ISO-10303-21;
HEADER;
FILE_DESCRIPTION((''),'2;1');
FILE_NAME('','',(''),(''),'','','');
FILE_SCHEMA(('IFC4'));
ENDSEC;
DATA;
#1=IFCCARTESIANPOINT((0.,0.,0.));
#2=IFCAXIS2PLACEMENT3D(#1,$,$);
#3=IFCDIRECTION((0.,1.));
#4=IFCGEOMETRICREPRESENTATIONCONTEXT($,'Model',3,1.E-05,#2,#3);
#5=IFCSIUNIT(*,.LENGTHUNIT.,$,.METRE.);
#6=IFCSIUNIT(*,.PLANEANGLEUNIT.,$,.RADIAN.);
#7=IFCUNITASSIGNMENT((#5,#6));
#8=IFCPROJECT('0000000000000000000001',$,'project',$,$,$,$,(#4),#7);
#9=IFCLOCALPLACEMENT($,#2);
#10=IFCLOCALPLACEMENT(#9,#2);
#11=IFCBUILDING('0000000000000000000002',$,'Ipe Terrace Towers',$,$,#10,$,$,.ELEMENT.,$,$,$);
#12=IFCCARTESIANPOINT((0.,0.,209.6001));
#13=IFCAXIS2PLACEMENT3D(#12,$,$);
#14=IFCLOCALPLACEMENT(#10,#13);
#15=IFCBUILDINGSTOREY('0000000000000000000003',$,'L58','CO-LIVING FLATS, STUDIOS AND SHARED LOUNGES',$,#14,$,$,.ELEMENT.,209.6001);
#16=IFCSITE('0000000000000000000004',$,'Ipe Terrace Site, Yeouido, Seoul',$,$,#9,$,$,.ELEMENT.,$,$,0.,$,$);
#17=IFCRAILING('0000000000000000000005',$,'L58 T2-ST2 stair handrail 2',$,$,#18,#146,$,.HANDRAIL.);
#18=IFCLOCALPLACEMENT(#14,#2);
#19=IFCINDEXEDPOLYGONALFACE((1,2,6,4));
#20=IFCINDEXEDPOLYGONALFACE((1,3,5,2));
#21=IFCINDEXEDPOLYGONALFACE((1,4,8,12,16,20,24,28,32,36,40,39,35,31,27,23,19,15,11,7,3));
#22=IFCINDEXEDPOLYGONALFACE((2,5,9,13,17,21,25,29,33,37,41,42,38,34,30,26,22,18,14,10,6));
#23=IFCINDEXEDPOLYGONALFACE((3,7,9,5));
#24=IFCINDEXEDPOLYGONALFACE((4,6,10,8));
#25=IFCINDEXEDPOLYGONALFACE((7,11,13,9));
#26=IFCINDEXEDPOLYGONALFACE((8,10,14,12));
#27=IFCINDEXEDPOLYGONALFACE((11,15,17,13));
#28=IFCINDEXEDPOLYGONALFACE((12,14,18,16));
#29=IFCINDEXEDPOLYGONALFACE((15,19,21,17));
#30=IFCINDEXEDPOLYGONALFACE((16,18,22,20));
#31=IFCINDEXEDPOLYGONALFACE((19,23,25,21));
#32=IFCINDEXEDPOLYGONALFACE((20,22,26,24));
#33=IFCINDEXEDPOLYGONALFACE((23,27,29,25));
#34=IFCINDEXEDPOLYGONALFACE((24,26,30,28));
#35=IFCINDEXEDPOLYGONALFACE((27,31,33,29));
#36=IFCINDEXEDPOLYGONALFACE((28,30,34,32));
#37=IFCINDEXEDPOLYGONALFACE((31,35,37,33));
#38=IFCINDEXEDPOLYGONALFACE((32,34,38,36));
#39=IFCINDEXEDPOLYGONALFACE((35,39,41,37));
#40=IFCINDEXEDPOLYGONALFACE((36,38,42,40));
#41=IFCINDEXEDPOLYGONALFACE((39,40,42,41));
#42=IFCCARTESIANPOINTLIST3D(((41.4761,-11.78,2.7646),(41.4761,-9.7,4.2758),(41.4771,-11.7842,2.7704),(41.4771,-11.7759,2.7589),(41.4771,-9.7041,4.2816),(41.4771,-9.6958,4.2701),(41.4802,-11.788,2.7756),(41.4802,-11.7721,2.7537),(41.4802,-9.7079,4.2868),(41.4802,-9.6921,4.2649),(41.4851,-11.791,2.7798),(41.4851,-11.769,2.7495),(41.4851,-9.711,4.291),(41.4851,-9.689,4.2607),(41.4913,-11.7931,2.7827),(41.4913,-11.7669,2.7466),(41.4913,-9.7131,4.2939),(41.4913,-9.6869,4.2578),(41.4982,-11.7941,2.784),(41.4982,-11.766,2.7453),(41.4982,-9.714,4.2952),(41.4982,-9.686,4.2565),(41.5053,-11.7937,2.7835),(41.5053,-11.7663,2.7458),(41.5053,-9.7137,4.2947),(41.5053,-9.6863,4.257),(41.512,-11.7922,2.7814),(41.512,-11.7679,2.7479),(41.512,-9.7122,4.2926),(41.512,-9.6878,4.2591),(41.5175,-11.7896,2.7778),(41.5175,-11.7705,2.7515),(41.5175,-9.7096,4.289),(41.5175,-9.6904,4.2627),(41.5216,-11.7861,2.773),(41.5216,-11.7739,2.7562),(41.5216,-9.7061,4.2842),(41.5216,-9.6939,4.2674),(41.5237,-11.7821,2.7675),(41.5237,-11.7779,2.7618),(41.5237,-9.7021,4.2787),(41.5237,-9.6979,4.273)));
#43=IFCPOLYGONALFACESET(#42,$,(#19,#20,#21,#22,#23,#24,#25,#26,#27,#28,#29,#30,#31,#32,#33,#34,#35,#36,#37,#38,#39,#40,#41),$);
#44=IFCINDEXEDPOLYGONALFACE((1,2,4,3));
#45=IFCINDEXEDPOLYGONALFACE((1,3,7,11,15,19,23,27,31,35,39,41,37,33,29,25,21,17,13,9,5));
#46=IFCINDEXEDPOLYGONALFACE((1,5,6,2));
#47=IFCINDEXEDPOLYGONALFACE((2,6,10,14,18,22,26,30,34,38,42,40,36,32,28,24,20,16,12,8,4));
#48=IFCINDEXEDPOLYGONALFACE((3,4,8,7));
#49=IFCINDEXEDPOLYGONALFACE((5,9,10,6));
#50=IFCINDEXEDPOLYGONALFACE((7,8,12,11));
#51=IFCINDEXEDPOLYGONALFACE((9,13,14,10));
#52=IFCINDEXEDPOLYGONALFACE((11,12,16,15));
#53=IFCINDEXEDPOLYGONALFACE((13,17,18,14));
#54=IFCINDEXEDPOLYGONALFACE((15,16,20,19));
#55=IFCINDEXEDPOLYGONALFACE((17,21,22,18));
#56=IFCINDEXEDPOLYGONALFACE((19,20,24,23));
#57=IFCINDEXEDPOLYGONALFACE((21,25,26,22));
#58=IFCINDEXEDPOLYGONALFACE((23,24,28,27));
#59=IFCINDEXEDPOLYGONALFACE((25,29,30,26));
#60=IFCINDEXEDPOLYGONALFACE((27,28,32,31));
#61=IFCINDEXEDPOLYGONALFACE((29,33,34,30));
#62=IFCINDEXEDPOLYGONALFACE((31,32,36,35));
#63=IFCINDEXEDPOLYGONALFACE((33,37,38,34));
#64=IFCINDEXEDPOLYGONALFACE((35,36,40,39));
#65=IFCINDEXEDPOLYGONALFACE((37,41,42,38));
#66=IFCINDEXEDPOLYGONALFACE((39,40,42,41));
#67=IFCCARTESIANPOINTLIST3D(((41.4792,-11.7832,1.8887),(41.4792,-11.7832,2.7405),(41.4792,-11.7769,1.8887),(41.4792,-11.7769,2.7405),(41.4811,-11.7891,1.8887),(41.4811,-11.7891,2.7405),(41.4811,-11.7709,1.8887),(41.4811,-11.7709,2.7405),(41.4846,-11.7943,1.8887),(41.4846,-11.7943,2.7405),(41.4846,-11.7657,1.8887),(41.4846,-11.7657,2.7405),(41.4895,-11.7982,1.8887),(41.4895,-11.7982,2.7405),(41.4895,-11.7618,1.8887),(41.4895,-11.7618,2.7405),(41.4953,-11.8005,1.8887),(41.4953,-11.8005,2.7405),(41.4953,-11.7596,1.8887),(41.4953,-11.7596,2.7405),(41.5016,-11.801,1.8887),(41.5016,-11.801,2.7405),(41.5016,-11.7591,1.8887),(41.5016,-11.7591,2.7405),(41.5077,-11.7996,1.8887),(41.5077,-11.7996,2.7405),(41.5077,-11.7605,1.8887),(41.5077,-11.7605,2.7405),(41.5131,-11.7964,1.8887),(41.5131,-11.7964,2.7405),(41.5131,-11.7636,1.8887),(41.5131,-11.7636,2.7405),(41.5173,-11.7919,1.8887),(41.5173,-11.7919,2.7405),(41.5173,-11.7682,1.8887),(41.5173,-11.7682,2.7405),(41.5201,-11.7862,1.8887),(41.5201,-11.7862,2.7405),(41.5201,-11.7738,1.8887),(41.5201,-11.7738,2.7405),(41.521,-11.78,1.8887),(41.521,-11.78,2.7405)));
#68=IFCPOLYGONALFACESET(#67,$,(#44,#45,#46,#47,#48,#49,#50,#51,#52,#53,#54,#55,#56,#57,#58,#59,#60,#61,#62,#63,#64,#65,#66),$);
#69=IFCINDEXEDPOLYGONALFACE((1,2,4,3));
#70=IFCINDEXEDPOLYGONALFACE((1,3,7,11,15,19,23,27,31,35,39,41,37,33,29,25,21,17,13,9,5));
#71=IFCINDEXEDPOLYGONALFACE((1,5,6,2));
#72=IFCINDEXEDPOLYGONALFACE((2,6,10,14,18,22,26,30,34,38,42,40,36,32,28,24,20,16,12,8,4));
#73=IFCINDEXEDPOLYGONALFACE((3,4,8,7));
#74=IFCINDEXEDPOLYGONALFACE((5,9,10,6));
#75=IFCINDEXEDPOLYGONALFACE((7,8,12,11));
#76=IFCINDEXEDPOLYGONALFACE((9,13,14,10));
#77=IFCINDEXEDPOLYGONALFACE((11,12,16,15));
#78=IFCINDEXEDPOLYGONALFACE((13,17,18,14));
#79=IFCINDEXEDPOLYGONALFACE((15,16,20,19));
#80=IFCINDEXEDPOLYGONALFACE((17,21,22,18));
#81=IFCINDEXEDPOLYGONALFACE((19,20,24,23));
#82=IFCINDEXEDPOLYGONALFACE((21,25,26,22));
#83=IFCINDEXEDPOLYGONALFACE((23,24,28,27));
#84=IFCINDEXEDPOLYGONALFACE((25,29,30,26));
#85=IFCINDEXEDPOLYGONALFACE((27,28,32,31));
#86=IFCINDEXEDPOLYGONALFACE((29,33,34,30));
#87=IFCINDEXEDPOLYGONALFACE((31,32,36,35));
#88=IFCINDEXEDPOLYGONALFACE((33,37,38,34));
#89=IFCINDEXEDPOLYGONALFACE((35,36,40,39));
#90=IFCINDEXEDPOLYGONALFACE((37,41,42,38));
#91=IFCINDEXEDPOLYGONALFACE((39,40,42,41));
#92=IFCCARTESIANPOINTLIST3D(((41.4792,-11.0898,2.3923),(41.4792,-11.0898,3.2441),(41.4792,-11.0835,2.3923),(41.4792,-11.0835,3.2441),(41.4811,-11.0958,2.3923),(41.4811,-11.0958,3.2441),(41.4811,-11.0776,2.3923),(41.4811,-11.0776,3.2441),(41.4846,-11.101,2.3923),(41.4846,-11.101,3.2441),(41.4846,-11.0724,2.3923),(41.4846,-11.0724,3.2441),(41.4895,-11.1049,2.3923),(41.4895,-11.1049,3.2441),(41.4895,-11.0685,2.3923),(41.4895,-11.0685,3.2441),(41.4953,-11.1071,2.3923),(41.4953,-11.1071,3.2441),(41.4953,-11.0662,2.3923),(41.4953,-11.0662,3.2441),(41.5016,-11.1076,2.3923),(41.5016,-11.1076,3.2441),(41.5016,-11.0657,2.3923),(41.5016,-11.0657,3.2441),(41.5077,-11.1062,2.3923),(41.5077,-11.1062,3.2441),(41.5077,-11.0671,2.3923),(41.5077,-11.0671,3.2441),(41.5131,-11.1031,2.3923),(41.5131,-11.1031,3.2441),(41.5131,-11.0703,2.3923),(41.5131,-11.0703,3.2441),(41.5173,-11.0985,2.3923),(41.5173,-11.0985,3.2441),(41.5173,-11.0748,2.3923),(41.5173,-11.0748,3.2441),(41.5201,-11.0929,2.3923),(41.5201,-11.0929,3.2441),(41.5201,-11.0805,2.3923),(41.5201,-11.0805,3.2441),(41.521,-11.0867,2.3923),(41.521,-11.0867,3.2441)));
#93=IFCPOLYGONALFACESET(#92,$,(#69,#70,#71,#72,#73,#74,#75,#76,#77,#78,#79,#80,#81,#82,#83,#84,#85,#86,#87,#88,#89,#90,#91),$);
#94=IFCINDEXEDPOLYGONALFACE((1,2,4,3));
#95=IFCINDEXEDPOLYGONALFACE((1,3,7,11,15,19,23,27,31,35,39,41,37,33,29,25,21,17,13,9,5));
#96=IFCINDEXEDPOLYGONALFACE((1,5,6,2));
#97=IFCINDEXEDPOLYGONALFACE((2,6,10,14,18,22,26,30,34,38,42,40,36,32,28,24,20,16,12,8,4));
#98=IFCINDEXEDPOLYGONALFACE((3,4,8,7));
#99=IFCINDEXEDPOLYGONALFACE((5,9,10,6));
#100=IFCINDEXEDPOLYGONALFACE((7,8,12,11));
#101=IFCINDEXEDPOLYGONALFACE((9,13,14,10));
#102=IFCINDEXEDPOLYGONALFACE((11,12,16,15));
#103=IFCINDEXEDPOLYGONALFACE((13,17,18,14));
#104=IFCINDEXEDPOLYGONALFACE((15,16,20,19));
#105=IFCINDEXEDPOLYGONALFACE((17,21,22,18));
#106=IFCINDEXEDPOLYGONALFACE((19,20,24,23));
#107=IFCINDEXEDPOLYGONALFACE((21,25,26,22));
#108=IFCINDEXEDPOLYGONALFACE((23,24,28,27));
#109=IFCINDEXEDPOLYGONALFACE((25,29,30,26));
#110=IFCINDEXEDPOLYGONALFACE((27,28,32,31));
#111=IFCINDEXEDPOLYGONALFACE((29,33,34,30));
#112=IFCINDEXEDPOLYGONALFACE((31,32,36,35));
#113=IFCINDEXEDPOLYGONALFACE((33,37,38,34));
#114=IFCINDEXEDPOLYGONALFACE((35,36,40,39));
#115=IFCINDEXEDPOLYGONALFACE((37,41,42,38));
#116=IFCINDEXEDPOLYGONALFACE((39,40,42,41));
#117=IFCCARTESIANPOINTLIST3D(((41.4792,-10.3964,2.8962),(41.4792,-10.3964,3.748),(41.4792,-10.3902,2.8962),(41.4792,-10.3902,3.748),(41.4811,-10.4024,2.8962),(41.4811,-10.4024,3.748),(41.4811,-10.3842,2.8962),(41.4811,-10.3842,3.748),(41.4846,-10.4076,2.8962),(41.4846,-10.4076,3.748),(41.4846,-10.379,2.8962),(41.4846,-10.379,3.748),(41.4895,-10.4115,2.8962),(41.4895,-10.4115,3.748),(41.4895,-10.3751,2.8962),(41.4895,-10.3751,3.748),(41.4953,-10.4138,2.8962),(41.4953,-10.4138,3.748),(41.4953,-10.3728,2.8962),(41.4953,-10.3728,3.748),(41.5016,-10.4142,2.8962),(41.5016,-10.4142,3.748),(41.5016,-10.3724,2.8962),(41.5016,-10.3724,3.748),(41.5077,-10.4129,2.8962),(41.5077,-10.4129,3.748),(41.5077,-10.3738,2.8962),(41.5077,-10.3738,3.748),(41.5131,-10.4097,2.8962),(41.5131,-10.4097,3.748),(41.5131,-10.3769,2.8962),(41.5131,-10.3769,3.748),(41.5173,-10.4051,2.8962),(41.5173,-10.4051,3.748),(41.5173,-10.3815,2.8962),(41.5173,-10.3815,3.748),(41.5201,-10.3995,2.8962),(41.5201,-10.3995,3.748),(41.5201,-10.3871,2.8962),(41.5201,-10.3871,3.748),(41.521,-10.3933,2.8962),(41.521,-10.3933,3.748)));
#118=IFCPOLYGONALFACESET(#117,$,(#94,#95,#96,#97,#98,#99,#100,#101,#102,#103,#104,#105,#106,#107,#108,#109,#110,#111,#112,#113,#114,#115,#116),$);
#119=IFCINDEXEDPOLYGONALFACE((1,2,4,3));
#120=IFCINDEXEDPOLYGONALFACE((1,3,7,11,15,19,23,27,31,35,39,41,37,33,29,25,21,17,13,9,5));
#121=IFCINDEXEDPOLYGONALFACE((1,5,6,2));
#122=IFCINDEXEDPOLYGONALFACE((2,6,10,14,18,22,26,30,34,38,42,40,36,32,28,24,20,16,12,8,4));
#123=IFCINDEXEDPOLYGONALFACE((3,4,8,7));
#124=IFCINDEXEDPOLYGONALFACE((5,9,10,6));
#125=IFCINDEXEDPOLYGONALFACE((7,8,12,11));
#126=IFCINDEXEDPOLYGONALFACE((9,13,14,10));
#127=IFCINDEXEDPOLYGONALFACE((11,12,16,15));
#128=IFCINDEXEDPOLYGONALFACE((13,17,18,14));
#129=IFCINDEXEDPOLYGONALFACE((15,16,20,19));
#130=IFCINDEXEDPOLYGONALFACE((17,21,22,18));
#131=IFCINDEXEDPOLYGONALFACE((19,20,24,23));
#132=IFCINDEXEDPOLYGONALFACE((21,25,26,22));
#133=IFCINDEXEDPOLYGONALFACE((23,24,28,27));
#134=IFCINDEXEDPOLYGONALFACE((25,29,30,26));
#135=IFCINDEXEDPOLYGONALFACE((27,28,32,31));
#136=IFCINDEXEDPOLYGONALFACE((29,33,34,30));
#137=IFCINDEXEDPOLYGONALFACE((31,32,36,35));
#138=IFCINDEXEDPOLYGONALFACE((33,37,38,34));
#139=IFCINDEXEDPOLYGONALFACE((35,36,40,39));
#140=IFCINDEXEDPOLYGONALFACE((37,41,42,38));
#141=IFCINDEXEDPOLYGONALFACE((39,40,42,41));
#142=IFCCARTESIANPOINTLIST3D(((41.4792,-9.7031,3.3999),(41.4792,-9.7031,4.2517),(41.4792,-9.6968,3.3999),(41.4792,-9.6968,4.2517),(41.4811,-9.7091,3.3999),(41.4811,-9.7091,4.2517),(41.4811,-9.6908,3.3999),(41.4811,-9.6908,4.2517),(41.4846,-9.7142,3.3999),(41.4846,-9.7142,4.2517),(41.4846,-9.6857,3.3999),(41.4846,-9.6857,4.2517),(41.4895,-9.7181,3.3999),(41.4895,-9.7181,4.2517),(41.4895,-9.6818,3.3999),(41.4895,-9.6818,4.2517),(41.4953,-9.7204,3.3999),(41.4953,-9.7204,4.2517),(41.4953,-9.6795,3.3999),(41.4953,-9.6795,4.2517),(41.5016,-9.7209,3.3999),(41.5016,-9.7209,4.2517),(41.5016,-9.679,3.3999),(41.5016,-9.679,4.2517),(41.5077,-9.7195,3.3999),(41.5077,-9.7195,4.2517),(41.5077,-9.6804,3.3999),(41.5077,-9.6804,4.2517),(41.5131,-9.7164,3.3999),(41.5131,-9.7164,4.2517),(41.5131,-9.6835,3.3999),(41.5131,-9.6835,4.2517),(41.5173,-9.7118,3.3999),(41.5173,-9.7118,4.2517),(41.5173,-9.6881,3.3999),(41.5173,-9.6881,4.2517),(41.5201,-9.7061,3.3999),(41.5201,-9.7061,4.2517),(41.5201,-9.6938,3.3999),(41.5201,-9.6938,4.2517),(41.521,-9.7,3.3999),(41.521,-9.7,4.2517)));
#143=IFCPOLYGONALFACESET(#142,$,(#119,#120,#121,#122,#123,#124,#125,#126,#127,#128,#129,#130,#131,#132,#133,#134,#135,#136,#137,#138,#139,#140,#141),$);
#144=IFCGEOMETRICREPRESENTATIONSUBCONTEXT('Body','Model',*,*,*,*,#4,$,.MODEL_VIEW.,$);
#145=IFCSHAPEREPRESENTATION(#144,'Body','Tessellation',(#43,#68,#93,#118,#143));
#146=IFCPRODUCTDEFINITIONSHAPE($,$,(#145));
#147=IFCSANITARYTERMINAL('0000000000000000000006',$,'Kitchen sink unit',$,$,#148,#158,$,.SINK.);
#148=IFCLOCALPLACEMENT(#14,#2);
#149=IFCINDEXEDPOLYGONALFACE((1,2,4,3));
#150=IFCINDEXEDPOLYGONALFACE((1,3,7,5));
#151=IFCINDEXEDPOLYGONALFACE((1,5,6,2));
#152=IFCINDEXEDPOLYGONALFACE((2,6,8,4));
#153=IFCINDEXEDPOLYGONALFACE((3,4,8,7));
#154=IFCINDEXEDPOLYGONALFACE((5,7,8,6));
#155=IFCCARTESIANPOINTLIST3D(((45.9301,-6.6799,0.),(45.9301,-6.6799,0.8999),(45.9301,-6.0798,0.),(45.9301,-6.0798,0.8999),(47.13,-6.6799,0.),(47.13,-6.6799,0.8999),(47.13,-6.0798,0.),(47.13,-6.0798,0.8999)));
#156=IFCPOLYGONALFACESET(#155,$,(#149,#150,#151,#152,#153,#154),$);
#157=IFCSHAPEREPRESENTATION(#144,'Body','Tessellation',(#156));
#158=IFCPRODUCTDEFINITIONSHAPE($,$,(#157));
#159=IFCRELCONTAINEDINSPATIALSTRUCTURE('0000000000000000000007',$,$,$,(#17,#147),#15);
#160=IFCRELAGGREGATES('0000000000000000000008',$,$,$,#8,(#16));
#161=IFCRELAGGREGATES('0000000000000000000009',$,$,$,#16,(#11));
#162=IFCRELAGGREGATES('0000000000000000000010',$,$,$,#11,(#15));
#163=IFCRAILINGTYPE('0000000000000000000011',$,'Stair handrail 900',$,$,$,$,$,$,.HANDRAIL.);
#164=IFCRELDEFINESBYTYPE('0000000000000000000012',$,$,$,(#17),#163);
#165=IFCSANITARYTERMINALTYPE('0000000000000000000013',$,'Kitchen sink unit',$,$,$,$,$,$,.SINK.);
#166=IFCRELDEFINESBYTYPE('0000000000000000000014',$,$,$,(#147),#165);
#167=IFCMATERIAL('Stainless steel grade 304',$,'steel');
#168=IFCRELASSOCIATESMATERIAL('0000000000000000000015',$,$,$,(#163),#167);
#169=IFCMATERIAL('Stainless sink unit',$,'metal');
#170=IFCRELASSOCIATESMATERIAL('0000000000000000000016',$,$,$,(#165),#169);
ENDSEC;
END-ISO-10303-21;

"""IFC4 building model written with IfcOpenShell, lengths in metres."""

from ifc_helpers import new_model, si_unit, direction, frame, origin, origin_2d, place, context, subcontext, project, spatial, rectangle, circle, extrude, material, type_object, element, save


model = new_model("IFC4")

# Units and contexts
model_context = context("Model", 3, precision=1e-05, world=origin(), true_north=direction((0.0, 1.0)))
body_context = subcontext(model_context, "Body", "Model", "MODEL_VIEW")
ifc_project = project(units=[si_unit("LENGTHUNIT", "METRE"), si_unit("PLANEANGLEUNIT", "RADIAN")], contexts=[model_context])

# Site, building, storey
site_placement = place(None, origin())
site = spatial("IfcSite", under=ifc_project, at=site_placement, Name="Ipe Terrace Site, Yeouido, Seoul", CompositionType="ELEMENT", RefElevation=0.0)
building_placement = place(site_placement, origin())
building = spatial("IfcBuilding", under=site, at=building_placement, Name="Ipe Terrace Towers", CompositionType="ELEMENT")
storey_placement = place(building_placement, frame((0.0, 0.0, 209.6001)))
storey = spatial("IfcBuildingStorey", under=building, at=storey_placement, Name="L58", Description="CO-LIVING FLATS, STUDIOS AND SHARED LOUNGES", CompositionType="ELEMENT", Elevation=209.6001)

# Railing
ifc_material_1 = material(Name="Stainless steel grade 304", Category="steel")
railing_type = type_object("IfcRailingType", Name="Stair handrail 900", PredefinedType="HANDRAIL", material=ifc_material_1)
railing_placement = place(storey_placement, frame((41.5, -11.78, 1.8887)))
element("IfcRailing", 1, at=railing_placement, inside=storey, type_object=railing_type, Name="L58 T2-ST2 stair handrail 2", PredefinedType="HANDRAIL", context=body_context, shape_type="SweptSolid", body=[
    extrude(circle(Radius=0.0239, at=origin_2d()), frame((0.0, 0.0, 0.876), z_axis=(0.0, 0.809023, 0.587776), x_axis=(-1.0, 0.0, 0.0)), (0.0, 0.0, 1.0), 2.571),
    extrude(circle(Radius=0.021, at=origin_2d()), origin(), (0.0, 0.0, 1.0), 0.8518),
    extrude(circle(Radius=0.021, at=origin_2d()), frame((0.0, 0.6934, 0.5037)), (0.0, 0.0, 1.0), 0.8518),
    extrude(circle(Radius=0.021, at=origin_2d()), frame((0.0, 1.3867, 1.0076)), (0.0, 0.0, 1.0), 0.8518),
    extrude(circle(Radius=0.021, at=origin_2d()), frame((0.0, 2.0801, 1.5112)), (0.0, 0.0, 1.0), 0.8518),
])

# Sanitary terminal
ifc_material_2 = material(Name="Stainless sink unit", Category="metal")
sanitary_terminal_type = type_object("IfcSanitaryTerminalType", Name="Kitchen sink unit", PredefinedType="SINK", material=ifc_material_2)
sanitary_terminal_placement = place(storey_placement, frame((46.53, -6.3799, 0.0), z_axis=(0.0, 0.0, 1.0), x_axis=(-1.0, 0.0, 0.0)))
element("IfcSanitaryTerminal", 2, at=sanitary_terminal_placement, inside=storey, type_object=sanitary_terminal_type, Name="Kitchen sink unit", PredefinedType="SINK", context=body_context, shape_type="SweptSolid", body=[
    extrude(rectangle(XDim=1.2, YDim=0.6001, at=origin_2d()), origin(), (0.0, 0.0, 1.0), 0.8999),
])

save(model, "model.ifc")
